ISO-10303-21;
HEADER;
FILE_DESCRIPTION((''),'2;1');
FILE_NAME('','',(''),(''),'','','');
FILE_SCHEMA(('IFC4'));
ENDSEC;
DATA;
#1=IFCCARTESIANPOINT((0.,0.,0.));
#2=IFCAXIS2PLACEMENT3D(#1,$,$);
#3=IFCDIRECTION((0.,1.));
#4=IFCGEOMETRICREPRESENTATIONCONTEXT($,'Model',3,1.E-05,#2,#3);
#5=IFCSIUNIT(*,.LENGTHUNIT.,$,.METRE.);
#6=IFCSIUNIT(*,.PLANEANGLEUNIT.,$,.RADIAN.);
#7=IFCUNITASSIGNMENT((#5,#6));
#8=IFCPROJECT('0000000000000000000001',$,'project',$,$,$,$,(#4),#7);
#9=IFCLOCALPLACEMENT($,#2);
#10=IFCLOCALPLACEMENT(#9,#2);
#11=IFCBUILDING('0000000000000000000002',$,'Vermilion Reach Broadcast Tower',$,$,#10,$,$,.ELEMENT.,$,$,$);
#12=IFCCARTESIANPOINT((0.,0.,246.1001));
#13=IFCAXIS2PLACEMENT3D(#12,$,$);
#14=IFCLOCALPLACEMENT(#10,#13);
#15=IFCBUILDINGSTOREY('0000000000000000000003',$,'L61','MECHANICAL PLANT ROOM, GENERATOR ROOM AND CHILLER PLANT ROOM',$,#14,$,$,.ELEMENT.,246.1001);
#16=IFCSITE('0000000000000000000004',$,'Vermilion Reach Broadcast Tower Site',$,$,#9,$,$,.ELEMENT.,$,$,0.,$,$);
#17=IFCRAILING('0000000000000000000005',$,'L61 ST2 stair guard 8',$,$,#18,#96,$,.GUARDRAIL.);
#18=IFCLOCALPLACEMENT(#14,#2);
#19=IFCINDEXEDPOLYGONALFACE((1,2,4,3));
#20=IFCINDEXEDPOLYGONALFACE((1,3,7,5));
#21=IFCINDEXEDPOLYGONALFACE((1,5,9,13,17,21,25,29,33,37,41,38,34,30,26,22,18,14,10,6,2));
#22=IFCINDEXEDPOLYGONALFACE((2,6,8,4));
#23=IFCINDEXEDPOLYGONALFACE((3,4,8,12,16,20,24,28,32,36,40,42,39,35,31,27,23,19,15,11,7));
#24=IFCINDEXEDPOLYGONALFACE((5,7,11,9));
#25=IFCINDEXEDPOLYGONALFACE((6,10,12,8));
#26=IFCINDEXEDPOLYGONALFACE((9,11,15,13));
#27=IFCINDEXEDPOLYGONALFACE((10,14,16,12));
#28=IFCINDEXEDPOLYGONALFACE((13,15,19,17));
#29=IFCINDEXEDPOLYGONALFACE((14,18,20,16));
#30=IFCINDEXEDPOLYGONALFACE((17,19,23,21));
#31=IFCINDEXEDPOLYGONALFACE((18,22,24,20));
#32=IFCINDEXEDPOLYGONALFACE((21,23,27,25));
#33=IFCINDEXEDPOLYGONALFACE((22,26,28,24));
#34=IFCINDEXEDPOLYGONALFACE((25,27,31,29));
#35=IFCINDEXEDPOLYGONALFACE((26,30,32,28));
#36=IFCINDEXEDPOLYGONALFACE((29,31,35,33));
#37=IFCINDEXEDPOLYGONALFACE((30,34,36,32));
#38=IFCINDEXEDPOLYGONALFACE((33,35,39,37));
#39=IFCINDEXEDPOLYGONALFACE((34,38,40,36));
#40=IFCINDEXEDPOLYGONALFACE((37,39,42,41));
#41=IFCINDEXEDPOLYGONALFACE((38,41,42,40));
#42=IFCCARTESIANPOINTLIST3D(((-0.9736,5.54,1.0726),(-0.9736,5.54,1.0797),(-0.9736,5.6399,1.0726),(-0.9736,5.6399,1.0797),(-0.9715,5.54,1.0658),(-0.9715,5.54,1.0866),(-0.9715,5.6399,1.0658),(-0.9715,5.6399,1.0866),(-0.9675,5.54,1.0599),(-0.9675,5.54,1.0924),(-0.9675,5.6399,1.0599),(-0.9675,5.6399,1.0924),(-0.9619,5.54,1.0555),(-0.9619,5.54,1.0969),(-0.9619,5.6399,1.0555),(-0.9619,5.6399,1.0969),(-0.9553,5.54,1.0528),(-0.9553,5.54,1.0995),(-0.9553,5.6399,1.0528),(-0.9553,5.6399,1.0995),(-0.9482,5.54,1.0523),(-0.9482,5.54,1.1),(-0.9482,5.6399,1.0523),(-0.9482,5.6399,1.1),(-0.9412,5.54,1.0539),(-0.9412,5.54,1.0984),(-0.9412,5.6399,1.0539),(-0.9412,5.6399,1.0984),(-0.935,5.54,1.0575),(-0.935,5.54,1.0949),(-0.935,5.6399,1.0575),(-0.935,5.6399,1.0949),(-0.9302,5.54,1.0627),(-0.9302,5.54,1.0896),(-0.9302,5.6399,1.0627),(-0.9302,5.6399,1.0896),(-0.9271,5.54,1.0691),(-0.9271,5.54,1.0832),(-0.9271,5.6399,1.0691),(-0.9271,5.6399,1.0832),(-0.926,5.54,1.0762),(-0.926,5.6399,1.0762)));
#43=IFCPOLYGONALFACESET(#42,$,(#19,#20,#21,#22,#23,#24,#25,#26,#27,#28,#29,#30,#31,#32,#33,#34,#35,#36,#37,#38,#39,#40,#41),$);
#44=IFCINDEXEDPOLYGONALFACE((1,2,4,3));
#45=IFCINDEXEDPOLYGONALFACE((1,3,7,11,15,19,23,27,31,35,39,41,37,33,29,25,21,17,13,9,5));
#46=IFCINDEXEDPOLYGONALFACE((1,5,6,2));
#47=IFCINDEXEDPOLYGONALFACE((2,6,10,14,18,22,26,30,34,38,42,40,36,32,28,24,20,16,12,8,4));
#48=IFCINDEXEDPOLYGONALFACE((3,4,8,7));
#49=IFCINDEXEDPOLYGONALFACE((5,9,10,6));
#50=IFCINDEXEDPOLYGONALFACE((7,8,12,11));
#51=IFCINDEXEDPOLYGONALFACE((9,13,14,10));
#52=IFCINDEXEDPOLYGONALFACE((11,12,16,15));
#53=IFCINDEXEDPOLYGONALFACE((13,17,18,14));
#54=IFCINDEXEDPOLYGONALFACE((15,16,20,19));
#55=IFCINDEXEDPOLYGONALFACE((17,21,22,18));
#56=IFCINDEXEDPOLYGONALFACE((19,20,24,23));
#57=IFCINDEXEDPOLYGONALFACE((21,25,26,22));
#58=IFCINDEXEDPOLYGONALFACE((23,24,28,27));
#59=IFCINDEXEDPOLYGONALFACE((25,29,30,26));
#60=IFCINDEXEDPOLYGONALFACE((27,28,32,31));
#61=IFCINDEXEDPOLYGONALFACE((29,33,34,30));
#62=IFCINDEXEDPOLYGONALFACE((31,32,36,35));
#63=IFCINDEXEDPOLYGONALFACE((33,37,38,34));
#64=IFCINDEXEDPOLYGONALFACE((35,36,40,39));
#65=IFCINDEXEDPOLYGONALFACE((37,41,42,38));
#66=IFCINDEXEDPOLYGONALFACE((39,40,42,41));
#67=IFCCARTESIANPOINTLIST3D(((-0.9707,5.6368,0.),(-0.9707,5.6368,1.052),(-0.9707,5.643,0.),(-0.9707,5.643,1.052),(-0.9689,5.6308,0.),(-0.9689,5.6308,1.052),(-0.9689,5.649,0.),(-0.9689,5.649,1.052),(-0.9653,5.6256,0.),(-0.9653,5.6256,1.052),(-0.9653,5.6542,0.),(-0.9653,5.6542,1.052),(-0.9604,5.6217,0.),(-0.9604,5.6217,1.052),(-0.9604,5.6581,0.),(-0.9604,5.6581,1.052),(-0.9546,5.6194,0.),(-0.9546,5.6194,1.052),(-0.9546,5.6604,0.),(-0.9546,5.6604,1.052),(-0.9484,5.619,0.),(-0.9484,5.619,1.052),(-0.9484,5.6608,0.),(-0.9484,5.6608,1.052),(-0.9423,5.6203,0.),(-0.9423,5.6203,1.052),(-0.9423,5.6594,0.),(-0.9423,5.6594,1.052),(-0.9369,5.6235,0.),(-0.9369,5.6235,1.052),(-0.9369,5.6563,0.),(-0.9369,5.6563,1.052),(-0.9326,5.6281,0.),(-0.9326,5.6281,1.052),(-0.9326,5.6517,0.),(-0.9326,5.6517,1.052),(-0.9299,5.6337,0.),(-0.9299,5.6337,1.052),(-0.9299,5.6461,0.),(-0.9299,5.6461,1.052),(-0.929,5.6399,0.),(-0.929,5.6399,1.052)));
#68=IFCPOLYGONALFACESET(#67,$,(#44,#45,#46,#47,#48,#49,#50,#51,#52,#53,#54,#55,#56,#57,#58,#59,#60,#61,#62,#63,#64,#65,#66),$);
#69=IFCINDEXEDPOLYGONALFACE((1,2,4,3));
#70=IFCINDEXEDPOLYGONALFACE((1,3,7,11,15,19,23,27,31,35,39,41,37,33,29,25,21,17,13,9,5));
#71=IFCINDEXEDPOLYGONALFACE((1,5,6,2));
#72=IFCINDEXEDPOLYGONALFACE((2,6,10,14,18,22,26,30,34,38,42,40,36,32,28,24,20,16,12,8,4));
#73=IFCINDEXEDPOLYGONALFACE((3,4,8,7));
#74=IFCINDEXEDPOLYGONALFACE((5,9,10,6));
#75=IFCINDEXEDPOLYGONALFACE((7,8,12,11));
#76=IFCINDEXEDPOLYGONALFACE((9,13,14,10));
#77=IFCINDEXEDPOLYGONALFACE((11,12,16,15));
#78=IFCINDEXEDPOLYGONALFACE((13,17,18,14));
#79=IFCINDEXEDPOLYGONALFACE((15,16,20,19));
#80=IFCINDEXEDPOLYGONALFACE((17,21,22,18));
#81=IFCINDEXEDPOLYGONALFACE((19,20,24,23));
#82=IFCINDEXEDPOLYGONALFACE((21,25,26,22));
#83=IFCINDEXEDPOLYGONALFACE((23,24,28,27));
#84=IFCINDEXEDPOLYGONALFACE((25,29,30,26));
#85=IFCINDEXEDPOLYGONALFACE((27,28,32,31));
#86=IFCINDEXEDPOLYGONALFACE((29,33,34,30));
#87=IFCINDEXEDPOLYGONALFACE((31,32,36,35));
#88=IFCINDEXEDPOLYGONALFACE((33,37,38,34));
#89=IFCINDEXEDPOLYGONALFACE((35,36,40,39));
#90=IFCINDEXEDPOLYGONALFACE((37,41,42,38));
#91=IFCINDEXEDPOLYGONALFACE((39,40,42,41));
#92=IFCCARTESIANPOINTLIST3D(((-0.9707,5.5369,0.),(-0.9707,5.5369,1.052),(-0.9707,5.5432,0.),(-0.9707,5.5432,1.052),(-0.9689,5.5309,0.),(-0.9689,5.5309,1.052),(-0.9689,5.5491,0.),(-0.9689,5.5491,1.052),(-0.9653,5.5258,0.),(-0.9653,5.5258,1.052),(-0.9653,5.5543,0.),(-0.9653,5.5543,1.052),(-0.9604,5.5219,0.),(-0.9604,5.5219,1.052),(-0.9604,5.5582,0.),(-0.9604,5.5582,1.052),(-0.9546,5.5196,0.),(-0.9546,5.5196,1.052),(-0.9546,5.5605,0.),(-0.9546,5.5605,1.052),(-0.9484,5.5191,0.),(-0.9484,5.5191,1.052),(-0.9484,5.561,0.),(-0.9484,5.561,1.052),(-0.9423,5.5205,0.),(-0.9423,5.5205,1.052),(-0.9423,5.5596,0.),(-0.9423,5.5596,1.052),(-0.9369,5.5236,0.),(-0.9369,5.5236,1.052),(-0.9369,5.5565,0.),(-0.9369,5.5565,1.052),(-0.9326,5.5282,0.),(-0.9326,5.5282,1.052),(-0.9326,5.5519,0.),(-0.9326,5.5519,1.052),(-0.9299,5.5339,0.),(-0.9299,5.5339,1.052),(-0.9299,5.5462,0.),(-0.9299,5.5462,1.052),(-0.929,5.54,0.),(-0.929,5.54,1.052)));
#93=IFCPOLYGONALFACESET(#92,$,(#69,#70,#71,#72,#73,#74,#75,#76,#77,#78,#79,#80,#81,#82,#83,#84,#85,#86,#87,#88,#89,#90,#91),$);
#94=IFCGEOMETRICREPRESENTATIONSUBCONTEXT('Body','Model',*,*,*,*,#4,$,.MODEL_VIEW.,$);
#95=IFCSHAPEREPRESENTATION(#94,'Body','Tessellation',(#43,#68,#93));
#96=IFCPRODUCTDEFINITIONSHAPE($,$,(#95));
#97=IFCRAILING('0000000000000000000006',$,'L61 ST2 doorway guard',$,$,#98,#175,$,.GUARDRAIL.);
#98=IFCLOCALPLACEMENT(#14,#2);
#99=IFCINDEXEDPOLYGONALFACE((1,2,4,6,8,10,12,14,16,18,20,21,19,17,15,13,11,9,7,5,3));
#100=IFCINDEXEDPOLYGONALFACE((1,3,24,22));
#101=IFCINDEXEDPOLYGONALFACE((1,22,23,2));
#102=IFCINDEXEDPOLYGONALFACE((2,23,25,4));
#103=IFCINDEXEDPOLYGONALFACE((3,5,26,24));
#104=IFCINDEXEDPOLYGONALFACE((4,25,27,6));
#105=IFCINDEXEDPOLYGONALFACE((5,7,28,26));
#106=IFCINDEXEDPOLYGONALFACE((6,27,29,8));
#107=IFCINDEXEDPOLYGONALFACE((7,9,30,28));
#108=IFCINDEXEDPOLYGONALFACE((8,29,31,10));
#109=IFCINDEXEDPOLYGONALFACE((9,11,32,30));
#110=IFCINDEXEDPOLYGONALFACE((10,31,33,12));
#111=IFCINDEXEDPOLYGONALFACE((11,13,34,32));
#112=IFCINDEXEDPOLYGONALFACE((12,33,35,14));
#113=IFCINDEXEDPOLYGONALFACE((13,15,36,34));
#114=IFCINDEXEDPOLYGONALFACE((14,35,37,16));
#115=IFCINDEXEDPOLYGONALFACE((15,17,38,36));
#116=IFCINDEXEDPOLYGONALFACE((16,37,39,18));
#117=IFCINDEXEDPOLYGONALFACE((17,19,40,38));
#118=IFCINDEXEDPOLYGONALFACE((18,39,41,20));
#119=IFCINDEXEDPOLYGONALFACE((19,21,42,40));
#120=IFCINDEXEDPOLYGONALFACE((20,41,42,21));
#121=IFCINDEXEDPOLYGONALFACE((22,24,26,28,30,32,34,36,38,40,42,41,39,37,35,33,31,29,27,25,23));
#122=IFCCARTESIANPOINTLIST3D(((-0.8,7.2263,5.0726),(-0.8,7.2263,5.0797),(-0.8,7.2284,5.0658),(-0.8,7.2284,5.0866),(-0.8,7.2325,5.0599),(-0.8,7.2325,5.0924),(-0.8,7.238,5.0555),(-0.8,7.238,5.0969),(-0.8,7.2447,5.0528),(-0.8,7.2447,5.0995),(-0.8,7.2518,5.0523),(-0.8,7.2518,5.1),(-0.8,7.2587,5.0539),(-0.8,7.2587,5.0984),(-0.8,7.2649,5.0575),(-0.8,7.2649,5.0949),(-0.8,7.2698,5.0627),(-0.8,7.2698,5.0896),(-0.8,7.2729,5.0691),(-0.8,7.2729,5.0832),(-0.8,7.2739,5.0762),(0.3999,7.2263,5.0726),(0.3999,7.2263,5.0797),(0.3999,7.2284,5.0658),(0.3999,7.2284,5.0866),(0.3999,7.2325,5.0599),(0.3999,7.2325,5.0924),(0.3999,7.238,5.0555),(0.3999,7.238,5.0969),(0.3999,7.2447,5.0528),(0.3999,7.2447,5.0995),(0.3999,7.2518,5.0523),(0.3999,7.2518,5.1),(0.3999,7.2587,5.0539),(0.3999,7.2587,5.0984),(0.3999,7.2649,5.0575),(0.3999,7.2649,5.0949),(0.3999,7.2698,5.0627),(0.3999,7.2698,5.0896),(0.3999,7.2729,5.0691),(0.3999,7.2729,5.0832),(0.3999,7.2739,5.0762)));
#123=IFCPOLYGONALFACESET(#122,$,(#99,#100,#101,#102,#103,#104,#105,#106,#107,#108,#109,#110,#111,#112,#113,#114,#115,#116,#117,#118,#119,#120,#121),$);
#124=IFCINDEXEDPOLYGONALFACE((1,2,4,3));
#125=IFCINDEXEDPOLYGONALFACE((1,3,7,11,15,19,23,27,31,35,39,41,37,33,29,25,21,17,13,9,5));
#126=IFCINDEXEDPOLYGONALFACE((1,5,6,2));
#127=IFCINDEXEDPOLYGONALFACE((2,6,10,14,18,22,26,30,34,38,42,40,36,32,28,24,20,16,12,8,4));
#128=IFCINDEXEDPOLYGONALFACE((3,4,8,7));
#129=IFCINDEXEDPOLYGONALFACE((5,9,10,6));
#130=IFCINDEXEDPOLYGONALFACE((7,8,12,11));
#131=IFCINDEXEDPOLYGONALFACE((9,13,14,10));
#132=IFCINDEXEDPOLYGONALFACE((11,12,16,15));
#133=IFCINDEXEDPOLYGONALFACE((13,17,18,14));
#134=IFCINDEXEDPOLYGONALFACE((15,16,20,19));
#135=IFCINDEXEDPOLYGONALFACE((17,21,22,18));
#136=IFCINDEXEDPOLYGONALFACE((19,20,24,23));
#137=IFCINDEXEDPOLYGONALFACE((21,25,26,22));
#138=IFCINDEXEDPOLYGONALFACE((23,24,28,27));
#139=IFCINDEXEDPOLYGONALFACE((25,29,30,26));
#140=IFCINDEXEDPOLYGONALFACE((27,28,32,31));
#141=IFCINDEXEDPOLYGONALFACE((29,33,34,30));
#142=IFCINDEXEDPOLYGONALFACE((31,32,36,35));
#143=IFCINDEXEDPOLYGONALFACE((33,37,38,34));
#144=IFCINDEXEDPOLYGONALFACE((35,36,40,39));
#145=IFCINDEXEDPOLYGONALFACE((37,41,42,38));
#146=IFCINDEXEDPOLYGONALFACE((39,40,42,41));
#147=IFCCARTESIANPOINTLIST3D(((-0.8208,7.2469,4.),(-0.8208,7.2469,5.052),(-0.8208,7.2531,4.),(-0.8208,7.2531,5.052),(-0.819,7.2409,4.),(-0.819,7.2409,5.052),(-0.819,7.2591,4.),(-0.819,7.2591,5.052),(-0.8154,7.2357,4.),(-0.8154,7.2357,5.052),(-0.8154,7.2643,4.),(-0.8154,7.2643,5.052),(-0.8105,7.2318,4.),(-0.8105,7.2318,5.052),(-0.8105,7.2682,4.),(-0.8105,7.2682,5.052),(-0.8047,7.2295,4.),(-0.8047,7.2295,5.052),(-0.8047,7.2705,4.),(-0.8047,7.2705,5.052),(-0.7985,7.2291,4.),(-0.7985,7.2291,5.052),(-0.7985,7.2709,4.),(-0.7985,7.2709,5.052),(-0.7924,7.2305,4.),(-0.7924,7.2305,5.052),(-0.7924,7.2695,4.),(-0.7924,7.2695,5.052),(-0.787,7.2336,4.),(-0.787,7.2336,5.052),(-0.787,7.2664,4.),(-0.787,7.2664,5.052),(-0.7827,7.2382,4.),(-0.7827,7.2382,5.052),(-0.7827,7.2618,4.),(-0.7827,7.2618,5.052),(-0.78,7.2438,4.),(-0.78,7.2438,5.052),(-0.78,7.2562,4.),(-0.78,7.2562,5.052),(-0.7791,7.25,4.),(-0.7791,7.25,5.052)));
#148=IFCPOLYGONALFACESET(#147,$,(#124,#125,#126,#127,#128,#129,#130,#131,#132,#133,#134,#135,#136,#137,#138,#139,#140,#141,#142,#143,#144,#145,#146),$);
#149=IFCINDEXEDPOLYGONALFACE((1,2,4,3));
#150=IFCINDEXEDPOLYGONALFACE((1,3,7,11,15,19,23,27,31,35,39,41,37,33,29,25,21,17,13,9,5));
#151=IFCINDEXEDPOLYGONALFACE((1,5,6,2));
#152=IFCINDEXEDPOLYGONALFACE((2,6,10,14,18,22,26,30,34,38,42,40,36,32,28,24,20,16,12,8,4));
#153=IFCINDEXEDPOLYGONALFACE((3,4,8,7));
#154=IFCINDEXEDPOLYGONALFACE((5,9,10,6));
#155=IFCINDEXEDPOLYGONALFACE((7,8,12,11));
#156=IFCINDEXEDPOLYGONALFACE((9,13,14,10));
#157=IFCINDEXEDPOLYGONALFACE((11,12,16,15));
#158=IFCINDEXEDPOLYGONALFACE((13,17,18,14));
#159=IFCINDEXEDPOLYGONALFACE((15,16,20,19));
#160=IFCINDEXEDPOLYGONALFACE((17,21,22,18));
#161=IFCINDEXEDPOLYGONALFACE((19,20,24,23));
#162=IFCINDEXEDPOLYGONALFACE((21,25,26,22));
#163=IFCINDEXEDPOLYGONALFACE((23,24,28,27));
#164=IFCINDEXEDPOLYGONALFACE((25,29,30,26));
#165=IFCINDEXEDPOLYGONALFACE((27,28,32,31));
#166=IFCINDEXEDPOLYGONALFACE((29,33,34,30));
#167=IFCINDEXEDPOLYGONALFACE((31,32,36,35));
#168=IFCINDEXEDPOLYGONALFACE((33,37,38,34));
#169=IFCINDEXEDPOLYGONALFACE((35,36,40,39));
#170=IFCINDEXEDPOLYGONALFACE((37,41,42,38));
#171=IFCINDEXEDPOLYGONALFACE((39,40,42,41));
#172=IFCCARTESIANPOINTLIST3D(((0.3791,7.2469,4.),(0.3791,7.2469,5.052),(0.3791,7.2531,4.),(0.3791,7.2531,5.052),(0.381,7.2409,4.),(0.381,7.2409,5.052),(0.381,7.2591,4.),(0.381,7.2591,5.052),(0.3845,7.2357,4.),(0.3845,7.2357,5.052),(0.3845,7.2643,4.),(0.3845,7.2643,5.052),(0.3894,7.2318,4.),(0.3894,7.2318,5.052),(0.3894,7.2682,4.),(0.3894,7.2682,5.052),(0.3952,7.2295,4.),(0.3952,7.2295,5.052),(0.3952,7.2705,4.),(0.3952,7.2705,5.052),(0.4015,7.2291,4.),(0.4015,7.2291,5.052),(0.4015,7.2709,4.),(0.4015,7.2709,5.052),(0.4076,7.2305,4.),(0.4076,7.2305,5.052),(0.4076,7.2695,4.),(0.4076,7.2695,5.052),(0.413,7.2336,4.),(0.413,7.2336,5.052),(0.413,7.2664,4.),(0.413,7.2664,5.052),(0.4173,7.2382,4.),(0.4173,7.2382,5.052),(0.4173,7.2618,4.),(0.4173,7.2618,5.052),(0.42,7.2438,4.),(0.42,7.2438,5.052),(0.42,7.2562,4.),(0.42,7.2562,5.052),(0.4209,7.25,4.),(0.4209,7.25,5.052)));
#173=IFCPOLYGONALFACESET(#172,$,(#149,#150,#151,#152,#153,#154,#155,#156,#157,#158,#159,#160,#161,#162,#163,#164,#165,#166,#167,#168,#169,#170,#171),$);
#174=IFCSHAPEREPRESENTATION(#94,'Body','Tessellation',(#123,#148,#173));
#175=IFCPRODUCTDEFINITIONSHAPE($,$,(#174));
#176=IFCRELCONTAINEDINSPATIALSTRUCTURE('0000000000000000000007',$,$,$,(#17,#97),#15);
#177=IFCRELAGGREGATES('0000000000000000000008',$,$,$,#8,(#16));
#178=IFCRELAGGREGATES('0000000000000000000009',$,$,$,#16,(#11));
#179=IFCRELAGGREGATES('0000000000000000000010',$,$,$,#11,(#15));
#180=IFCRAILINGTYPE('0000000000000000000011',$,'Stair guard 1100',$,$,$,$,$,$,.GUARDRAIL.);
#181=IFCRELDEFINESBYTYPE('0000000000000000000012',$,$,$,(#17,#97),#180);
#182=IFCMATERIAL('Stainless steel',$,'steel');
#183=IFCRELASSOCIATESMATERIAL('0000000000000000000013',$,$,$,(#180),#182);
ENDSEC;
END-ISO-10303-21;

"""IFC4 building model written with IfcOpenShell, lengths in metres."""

from ifc_helpers import new_model, si_unit, direction, frame, origin, origin_2d, place, context, subcontext, project, spatial, circle, extrude, material, type_object, element, save


model = new_model("IFC4")

# Units and contexts
model_context = context("Model", 3, precision=1e-05, world=origin(), true_north=direction((0.0, 1.0)))
body_context = subcontext(model_context, "Body", "Model", "MODEL_VIEW")
ifc_project = project(units=[si_unit("LENGTHUNIT", "METRE"), si_unit("PLANEANGLEUNIT", "RADIAN")], contexts=[model_context])

# Site, building, storey
site_placement = place(None, origin())
site = spatial("IfcSite", under=ifc_project, at=site_placement, Name="Vermilion Reach Broadcast Tower Site", CompositionType="ELEMENT", RefElevation=0.0)
building_placement = place(site_placement, origin())
building = spatial("IfcBuilding", under=site, at=building_placement, Name="Vermilion Reach Broadcast Tower", CompositionType="ELEMENT")
storey_placement = place(building_placement, frame((0.0, 0.0, 246.1001)))
storey = spatial("IfcBuildingStorey", under=building, at=storey_placement, Name="L61", Description="MECHANICAL PLANT ROOM, GENERATOR ROOM AND CHILLER PLANT ROOM", CompositionType="ELEMENT", Elevation=246.1001)

# Railings
ifc_material_1 = material(Name="Stainless steel", Category="steel")
railing_type_1 = type_object("IfcRailingType", Name="Stair guard 1100", PredefinedType="GUARDRAIL", material=ifc_material_1)
railing_1_placement = place(storey_placement, frame((-0.95, 5.6399, 0.0)))
element("IfcRailing", 1, at=railing_1_placement, inside=storey, type_object=railing_type_1, Name="L61 ST2 stair guard 8", PredefinedType="GUARDRAIL", context=body_context, shape_type="SweptSolid", body=[
    extrude(circle(Radius=0.0239, at=origin_2d()), frame((0.0, 0.0, 1.0762), z_axis=(0.0, -1.0, 0.0), x_axis=(1.0, 0.0, 0.0)), (0.0, 0.0, 1.0), 0.0999),
    extrude(circle(Radius=0.021, at=origin_2d()), origin(), (0.0, 0.0, 1.0), 1.052),
    extrude(circle(Radius=0.021, at=origin_2d()), frame((0.0, -0.0999, 0.0)), (0.0, 0.0, 1.0), 1.052),
])
railing_2_placement = place(storey_placement, frame((-0.8, 7.25, 4.0)))
element("IfcRailing", 2, at=railing_2_placement, inside=storey, type_object=railing_type_1, Name="L61 ST2 doorway guard", PredefinedType="GUARDRAIL", context=body_context, shape_type="SweptSolid", body=[
    extrude(circle(Radius=0.0239, at=origin_2d()), frame((0.0, 0.0, 1.0762), z_axis=(1.0, 0.0, 0.0), x_axis=(0.0, 1.0, 0.0)), (0.0, 0.0, 1.0), 1.2),
    extrude(circle(Radius=0.021, at=origin_2d()), origin(), (0.0, 0.0, 1.0), 1.052),
    extrude(circle(Radius=0.021, at=origin_2d()), frame((1.2, 0.0, 0.0)), (0.0, 0.0, 1.0), 1.052),
])

save(model, "model.ifc")
